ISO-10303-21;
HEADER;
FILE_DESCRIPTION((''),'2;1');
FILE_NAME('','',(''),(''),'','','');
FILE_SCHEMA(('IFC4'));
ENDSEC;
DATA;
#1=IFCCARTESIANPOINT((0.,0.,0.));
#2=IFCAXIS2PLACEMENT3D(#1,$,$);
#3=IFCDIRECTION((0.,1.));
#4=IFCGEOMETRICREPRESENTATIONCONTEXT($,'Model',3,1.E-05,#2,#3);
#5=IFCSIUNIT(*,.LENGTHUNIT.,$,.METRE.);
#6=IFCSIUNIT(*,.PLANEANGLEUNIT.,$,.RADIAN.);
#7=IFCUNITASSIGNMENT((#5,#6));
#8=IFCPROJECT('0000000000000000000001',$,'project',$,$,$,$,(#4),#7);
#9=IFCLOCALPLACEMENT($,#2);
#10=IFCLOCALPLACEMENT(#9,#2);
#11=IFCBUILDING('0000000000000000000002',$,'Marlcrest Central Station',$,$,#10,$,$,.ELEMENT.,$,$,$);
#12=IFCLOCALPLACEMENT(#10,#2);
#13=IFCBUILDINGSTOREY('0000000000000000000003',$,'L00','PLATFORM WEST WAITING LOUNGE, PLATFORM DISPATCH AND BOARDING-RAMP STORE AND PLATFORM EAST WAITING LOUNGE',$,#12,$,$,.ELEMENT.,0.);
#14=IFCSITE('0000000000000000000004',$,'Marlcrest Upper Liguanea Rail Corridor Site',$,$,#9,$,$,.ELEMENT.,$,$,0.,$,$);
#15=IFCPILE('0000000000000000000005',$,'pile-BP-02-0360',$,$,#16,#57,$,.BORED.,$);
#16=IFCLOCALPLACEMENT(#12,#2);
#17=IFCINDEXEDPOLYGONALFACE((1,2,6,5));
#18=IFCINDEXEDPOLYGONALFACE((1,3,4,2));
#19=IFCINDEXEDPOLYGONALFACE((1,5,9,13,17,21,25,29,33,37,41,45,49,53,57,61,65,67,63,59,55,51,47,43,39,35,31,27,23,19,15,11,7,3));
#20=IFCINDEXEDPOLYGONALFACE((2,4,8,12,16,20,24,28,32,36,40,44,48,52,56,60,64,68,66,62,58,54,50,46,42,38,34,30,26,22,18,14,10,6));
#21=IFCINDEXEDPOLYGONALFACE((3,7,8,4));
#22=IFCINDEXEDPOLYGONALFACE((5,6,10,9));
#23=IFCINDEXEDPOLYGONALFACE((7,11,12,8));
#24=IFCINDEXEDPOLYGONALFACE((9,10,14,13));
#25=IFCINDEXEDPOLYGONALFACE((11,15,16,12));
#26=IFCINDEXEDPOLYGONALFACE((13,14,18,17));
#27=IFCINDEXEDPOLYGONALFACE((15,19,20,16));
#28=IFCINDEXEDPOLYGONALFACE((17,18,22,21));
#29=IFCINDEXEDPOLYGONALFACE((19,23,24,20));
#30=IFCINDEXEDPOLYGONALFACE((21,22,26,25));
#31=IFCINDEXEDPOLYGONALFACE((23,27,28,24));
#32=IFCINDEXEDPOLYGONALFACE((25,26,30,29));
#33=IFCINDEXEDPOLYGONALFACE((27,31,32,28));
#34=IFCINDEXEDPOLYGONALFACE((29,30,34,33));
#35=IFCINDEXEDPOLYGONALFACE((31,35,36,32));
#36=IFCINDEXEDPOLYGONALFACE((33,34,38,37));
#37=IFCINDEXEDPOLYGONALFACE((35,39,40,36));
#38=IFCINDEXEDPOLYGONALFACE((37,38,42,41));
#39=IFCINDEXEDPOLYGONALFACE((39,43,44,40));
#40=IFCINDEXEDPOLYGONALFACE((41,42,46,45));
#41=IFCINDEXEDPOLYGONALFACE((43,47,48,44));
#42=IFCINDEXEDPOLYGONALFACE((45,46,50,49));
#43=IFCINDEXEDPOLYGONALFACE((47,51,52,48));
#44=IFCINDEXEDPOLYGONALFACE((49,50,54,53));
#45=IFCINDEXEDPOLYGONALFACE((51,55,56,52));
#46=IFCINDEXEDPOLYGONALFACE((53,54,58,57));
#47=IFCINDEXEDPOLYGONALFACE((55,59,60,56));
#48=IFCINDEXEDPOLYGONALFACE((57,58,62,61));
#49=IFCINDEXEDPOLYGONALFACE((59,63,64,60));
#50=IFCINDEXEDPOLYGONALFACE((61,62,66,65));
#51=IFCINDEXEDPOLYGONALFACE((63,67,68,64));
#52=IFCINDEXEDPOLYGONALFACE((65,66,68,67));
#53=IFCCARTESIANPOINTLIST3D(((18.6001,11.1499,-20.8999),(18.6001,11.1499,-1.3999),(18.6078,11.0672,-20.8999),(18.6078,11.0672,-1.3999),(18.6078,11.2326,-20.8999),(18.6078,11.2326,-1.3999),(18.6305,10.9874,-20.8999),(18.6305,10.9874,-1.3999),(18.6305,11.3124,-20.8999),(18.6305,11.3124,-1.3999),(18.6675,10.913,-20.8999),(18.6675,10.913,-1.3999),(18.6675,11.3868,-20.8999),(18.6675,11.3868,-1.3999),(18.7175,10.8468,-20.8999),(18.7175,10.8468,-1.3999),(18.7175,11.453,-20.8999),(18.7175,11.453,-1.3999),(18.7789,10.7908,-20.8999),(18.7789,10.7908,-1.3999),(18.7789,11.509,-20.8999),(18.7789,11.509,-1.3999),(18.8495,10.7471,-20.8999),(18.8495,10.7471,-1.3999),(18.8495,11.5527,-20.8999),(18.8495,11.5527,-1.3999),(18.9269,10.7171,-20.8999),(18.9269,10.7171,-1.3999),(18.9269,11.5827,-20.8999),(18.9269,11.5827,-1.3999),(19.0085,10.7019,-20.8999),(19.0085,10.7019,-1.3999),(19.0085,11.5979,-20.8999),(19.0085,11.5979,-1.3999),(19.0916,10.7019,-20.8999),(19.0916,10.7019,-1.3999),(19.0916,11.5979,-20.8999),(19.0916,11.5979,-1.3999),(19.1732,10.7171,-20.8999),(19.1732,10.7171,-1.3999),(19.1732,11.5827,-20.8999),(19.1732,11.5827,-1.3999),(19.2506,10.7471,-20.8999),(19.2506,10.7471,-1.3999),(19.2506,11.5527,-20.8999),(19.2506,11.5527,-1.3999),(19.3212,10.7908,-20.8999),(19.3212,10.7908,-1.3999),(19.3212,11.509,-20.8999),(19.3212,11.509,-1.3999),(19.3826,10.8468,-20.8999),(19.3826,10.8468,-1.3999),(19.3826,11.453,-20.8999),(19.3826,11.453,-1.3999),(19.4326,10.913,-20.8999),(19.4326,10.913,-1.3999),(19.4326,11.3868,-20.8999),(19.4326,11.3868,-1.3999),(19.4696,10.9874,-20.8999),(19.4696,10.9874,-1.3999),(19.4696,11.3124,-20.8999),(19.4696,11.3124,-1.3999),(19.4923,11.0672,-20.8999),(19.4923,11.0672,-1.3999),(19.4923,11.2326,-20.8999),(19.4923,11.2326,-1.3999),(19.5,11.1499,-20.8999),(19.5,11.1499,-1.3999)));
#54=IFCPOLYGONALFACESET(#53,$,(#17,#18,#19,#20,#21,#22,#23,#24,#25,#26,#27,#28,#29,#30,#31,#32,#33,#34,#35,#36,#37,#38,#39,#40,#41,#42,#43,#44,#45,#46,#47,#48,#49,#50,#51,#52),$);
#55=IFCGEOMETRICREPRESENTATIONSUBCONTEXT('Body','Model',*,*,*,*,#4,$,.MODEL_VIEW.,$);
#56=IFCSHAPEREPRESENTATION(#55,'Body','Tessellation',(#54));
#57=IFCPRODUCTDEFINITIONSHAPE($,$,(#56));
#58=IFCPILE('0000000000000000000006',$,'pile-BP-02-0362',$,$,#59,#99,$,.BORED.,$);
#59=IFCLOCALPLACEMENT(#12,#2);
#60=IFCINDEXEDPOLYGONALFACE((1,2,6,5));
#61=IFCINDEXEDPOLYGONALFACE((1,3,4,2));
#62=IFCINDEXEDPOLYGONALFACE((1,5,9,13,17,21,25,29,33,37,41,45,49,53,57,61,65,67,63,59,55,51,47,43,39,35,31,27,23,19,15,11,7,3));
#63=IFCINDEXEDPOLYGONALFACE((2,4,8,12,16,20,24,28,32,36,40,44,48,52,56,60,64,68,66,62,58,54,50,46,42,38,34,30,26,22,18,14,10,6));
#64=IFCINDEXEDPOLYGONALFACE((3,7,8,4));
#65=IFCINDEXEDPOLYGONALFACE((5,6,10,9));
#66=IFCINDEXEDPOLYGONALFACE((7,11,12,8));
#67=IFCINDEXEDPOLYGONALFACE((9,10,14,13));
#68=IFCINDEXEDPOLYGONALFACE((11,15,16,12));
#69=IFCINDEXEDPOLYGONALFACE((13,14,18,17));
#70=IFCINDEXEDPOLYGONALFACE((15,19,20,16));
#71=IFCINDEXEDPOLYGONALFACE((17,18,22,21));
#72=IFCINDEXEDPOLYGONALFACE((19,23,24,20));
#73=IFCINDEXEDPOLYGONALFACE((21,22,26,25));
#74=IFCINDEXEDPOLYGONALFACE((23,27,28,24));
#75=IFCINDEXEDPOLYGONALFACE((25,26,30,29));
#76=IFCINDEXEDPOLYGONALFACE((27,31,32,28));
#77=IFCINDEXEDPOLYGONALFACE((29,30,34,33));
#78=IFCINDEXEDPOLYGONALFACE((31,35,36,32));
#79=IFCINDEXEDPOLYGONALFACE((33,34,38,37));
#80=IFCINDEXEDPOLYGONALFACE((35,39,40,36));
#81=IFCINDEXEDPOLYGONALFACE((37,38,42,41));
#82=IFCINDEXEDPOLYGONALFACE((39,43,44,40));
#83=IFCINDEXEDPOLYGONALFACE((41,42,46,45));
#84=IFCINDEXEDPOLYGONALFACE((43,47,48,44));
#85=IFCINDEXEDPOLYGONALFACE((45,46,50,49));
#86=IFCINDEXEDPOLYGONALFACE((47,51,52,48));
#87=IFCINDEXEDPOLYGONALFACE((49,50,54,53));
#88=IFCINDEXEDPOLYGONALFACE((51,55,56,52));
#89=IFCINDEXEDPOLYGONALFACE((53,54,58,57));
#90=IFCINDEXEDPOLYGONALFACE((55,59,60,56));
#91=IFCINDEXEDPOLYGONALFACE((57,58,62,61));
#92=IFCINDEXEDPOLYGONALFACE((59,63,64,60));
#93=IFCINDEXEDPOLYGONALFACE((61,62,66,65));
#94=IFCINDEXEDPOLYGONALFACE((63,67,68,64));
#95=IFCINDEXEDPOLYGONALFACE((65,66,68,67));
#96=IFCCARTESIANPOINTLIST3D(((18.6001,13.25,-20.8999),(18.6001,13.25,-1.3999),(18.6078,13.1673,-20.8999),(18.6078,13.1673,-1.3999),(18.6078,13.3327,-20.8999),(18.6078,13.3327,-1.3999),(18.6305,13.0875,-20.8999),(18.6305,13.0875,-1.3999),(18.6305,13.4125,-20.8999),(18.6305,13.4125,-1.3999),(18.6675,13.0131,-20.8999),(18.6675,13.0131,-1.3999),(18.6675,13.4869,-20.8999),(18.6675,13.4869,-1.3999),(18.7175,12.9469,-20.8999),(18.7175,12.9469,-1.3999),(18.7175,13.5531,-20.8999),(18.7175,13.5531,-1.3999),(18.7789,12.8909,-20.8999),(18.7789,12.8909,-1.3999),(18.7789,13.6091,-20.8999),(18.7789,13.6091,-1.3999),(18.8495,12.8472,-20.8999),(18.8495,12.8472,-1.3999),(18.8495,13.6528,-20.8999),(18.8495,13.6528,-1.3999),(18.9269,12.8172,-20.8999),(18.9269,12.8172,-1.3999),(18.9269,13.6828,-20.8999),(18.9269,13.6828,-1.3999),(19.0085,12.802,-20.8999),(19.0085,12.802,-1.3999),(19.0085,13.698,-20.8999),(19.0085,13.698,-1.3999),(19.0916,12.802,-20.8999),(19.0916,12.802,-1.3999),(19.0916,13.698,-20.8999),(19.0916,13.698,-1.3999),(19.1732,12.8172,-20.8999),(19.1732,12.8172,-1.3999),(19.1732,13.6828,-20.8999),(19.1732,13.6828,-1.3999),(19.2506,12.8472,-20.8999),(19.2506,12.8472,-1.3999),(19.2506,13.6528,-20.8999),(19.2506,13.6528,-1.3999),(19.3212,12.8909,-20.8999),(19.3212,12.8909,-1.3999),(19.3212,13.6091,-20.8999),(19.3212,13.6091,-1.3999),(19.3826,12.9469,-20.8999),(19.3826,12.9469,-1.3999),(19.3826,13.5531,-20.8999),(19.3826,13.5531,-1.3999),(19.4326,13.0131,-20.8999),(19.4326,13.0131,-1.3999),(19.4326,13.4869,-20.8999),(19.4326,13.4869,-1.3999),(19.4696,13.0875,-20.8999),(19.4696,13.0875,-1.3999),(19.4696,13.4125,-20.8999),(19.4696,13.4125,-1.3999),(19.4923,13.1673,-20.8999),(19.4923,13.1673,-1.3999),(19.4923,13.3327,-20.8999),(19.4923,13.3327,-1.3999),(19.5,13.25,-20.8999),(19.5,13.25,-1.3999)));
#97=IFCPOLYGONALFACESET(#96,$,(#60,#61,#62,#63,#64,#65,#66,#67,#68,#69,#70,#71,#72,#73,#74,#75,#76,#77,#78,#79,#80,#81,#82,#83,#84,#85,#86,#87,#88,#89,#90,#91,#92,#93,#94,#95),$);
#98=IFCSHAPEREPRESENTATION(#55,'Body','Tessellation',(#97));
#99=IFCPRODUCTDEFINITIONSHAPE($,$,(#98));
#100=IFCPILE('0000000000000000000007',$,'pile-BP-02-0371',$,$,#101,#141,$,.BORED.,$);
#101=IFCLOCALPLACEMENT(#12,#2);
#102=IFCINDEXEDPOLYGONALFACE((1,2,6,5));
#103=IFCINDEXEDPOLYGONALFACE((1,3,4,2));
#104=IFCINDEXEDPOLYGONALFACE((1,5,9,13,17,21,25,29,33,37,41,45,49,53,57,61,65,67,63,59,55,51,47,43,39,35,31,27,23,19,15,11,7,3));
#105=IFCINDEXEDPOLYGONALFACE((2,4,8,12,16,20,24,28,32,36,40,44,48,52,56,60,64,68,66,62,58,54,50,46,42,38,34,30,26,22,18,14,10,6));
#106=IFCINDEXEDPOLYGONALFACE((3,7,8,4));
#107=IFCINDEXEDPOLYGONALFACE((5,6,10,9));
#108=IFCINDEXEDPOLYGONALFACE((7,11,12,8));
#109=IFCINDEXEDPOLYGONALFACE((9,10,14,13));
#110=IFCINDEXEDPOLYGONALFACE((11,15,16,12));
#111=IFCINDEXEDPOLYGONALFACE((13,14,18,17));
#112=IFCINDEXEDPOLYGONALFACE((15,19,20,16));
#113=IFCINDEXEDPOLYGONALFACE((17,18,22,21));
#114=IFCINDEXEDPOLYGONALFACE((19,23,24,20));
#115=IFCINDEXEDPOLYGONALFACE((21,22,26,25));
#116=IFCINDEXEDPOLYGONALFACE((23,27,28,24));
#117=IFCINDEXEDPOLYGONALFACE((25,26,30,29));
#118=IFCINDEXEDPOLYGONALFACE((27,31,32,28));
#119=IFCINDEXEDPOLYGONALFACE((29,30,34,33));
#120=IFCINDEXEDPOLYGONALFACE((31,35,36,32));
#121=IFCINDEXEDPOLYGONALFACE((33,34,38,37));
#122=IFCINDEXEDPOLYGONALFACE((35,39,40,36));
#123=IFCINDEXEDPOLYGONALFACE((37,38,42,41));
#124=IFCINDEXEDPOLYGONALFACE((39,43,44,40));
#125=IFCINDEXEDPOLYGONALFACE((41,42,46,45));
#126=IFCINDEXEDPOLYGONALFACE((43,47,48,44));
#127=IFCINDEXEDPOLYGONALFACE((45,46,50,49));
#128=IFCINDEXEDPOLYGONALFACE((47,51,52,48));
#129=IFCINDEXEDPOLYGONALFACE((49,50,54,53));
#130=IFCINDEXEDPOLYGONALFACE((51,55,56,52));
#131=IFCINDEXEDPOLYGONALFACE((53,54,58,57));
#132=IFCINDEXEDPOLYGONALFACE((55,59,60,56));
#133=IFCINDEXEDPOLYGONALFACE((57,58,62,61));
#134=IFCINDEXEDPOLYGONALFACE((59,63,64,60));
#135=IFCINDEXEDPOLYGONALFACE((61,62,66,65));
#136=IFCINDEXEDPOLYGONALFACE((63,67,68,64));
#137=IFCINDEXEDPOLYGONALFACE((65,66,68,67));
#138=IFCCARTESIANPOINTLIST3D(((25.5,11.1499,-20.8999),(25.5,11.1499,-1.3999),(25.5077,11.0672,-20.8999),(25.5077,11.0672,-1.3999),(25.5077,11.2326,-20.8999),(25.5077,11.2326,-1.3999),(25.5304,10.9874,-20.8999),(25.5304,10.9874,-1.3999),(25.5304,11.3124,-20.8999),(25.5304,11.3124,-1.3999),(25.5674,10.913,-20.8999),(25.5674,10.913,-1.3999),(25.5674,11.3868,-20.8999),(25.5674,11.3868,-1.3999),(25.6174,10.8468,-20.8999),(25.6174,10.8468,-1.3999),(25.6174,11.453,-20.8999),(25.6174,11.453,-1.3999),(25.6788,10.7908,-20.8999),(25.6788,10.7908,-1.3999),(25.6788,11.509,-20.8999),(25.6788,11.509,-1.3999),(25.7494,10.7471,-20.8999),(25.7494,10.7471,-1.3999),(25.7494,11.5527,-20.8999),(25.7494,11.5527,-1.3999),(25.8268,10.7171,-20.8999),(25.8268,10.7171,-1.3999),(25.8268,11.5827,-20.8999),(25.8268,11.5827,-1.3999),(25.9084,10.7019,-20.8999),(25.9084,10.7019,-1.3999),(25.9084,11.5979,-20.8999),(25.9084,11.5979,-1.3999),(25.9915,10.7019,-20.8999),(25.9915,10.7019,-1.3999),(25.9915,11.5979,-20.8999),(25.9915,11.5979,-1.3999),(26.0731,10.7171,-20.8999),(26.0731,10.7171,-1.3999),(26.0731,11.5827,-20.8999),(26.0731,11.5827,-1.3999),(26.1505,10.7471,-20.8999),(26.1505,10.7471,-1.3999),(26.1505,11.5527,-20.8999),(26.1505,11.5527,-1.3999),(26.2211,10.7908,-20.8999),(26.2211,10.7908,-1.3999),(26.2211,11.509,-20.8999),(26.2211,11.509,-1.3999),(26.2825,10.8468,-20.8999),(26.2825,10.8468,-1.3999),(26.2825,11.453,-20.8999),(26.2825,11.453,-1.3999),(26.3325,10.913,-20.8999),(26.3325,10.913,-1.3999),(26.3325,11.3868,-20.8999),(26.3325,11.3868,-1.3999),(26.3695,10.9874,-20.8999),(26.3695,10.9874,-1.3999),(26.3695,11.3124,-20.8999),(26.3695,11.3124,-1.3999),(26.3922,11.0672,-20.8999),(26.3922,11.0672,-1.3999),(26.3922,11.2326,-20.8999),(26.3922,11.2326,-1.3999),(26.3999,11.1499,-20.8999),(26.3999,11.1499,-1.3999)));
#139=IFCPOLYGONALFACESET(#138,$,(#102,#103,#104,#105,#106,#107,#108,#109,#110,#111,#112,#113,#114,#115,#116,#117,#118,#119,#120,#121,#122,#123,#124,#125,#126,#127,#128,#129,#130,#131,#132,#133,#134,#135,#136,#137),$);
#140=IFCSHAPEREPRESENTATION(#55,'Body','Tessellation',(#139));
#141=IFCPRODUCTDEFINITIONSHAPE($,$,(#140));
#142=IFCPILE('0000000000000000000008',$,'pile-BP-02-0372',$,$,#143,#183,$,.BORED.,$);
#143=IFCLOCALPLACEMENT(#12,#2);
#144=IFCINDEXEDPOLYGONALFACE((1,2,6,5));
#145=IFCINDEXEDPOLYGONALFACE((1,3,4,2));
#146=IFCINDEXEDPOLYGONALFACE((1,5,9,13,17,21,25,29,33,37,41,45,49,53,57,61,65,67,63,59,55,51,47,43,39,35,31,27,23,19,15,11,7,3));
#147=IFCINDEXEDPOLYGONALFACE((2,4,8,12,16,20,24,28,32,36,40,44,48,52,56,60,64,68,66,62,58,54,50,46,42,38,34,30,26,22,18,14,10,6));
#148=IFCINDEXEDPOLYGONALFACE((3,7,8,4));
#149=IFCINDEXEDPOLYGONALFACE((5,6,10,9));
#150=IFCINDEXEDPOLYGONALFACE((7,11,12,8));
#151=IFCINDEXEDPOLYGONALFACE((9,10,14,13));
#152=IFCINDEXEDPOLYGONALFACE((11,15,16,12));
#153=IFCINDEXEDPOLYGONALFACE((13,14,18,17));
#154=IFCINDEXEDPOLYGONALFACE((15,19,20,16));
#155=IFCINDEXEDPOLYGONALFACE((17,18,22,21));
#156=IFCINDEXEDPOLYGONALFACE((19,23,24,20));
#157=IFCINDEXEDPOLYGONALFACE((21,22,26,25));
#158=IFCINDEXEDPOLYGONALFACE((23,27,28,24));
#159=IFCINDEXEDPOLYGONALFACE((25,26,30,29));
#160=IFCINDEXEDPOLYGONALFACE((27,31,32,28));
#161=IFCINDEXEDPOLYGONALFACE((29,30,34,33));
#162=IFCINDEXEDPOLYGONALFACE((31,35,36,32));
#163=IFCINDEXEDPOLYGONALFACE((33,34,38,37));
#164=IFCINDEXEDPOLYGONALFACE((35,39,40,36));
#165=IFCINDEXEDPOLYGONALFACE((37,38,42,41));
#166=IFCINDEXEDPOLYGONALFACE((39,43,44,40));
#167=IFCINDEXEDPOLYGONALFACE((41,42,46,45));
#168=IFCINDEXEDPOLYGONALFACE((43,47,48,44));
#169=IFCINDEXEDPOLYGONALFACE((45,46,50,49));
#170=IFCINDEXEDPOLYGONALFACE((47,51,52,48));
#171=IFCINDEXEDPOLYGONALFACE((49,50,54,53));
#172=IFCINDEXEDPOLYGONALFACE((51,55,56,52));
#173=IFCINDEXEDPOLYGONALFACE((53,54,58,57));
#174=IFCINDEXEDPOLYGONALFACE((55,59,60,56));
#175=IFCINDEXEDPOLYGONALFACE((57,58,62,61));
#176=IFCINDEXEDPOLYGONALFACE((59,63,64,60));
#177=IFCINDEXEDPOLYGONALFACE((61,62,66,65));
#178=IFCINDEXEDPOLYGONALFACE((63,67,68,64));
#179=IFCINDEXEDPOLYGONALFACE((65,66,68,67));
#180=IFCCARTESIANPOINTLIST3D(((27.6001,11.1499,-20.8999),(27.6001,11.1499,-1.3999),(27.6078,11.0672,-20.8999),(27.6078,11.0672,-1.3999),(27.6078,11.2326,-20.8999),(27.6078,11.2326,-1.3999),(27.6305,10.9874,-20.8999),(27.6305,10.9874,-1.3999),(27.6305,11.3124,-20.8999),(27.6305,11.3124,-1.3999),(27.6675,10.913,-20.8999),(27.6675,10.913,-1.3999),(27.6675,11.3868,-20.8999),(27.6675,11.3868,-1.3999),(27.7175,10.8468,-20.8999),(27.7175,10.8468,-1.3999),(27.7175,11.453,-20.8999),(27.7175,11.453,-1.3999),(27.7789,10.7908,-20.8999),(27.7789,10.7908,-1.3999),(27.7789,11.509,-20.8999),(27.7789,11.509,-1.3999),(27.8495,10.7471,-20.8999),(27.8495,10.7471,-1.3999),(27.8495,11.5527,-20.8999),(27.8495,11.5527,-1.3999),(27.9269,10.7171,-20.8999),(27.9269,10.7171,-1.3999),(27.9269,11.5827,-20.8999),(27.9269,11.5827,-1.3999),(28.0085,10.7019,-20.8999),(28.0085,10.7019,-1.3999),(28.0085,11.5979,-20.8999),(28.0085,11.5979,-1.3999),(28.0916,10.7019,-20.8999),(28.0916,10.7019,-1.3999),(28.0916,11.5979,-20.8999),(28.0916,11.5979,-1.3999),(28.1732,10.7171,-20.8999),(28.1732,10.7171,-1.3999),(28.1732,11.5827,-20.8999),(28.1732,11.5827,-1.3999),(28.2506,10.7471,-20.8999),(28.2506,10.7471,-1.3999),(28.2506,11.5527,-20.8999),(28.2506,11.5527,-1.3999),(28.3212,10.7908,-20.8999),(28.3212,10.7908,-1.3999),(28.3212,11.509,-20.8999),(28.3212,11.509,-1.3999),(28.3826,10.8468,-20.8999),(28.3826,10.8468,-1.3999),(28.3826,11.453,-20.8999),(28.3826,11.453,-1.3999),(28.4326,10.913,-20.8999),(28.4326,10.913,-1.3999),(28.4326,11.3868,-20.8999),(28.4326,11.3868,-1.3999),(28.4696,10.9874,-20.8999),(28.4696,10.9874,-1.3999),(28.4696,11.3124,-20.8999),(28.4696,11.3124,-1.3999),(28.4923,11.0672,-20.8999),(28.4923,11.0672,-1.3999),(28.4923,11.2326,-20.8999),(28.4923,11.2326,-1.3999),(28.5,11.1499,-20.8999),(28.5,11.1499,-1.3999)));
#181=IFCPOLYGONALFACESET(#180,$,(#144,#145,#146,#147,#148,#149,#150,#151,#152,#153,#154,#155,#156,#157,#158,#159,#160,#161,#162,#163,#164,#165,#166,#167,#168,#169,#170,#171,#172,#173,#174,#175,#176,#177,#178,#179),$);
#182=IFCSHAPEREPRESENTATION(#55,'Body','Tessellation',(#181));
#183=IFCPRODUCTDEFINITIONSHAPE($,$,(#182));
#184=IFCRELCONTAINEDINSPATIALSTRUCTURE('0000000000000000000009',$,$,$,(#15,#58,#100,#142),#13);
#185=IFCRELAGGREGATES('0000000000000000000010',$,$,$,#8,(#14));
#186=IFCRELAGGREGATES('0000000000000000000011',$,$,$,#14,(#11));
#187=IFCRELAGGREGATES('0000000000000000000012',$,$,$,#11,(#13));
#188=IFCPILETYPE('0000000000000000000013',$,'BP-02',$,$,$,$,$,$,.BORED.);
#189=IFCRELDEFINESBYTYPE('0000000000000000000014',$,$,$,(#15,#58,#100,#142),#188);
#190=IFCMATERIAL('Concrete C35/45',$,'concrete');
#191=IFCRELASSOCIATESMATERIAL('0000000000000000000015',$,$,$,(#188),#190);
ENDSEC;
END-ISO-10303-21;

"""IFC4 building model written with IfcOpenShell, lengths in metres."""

from ifc_helpers import new_model, si_unit, direction, frame, origin, origin_2d, place, context, subcontext, project, spatial, circle, extrude, material, material_profile, profile_set, type_object, element, save


model = new_model("IFC4")

# Units and contexts
model_context = context("Model", 3, precision=1e-05, world=origin(), true_north=direction((0.0, 1.0)))
body_context = subcontext(model_context, "Body", "Model", "MODEL_VIEW")
ifc_project = project(units=[si_unit("LENGTHUNIT", "METRE"), si_unit("PLANEANGLEUNIT", "RADIAN")], contexts=[model_context])

# Site, building, storey
site_placement = place(None, origin())
site = spatial("IfcSite", under=ifc_project, at=site_placement, Name="Marlcrest Upper Liguanea Rail Corridor Site", CompositionType="ELEMENT", RefElevation=0.0)
building_placement = place(site_placement, origin())
building = spatial("IfcBuilding", under=site, at=building_placement, Name="Marlcrest Central Station", CompositionType="ELEMENT")
storey_placement = place(building_placement, origin())
storey = spatial("IfcBuildingStorey", under=building, at=storey_placement, Name="L00", Description="PLATFORM WEST WAITING LOUNGE, PLATFORM DISPATCH AND BOARDING-RAMP STORE AND PLATFORM EAST WAITING LOUNGE", CompositionType="ELEMENT", Elevation=0.0)

# Piles
ifc_material_1 = material(Name="Concrete C35/45", Category="concrete")
ifc_material_profile_1 = material_profile(ifc_material_1, circle(Radius=0.45, at=origin_2d()), Name="PILE D900")
ifc_profile_set_1 = profile_set([ifc_material_profile_1], Name="Concrete C35/45")
pile_type = type_object("IfcPileType", Name="BP-02", PredefinedType="BORED", material=ifc_profile_set_1)
for number, where, z_axis, x_axis, name in (
    (1, (19.05, 11.1499, -1.3999), (0.0, 0.0, -1.0), (1.0, 0.0, 0.0), "pile-BP-02-0360"),
    (2, (19.05, 13.25, -1.3999), (0.0, 0.0, -1.0), (1.0, 0.0, 0.0), "pile-BP-02-0362"),
    (3, (25.95, 11.1499, -1.3999), (0.0, 0.0, -1.0), (1.0, 0.0, 0.0), "pile-BP-02-0371"),
    (4, (28.05, 11.1499, -1.3999), (0.0, 0.0, -1.0), (1.0, 0.0, 0.0), "pile-BP-02-0372"),
):
    element("IfcPile", number, at=place(storey_placement, frame(where, z_axis=z_axis, x_axis=x_axis)), inside=storey, type_object=pile_type, Name=name, PredefinedType="BORED", context=body_context, shape_type="SweptSolid", body=[
        extrude(circle(Radius=0.45, at=origin_2d()), origin(), (0.0, 0.0, 1.0), 19.5),
    ])

save(model, "model.ifc")
